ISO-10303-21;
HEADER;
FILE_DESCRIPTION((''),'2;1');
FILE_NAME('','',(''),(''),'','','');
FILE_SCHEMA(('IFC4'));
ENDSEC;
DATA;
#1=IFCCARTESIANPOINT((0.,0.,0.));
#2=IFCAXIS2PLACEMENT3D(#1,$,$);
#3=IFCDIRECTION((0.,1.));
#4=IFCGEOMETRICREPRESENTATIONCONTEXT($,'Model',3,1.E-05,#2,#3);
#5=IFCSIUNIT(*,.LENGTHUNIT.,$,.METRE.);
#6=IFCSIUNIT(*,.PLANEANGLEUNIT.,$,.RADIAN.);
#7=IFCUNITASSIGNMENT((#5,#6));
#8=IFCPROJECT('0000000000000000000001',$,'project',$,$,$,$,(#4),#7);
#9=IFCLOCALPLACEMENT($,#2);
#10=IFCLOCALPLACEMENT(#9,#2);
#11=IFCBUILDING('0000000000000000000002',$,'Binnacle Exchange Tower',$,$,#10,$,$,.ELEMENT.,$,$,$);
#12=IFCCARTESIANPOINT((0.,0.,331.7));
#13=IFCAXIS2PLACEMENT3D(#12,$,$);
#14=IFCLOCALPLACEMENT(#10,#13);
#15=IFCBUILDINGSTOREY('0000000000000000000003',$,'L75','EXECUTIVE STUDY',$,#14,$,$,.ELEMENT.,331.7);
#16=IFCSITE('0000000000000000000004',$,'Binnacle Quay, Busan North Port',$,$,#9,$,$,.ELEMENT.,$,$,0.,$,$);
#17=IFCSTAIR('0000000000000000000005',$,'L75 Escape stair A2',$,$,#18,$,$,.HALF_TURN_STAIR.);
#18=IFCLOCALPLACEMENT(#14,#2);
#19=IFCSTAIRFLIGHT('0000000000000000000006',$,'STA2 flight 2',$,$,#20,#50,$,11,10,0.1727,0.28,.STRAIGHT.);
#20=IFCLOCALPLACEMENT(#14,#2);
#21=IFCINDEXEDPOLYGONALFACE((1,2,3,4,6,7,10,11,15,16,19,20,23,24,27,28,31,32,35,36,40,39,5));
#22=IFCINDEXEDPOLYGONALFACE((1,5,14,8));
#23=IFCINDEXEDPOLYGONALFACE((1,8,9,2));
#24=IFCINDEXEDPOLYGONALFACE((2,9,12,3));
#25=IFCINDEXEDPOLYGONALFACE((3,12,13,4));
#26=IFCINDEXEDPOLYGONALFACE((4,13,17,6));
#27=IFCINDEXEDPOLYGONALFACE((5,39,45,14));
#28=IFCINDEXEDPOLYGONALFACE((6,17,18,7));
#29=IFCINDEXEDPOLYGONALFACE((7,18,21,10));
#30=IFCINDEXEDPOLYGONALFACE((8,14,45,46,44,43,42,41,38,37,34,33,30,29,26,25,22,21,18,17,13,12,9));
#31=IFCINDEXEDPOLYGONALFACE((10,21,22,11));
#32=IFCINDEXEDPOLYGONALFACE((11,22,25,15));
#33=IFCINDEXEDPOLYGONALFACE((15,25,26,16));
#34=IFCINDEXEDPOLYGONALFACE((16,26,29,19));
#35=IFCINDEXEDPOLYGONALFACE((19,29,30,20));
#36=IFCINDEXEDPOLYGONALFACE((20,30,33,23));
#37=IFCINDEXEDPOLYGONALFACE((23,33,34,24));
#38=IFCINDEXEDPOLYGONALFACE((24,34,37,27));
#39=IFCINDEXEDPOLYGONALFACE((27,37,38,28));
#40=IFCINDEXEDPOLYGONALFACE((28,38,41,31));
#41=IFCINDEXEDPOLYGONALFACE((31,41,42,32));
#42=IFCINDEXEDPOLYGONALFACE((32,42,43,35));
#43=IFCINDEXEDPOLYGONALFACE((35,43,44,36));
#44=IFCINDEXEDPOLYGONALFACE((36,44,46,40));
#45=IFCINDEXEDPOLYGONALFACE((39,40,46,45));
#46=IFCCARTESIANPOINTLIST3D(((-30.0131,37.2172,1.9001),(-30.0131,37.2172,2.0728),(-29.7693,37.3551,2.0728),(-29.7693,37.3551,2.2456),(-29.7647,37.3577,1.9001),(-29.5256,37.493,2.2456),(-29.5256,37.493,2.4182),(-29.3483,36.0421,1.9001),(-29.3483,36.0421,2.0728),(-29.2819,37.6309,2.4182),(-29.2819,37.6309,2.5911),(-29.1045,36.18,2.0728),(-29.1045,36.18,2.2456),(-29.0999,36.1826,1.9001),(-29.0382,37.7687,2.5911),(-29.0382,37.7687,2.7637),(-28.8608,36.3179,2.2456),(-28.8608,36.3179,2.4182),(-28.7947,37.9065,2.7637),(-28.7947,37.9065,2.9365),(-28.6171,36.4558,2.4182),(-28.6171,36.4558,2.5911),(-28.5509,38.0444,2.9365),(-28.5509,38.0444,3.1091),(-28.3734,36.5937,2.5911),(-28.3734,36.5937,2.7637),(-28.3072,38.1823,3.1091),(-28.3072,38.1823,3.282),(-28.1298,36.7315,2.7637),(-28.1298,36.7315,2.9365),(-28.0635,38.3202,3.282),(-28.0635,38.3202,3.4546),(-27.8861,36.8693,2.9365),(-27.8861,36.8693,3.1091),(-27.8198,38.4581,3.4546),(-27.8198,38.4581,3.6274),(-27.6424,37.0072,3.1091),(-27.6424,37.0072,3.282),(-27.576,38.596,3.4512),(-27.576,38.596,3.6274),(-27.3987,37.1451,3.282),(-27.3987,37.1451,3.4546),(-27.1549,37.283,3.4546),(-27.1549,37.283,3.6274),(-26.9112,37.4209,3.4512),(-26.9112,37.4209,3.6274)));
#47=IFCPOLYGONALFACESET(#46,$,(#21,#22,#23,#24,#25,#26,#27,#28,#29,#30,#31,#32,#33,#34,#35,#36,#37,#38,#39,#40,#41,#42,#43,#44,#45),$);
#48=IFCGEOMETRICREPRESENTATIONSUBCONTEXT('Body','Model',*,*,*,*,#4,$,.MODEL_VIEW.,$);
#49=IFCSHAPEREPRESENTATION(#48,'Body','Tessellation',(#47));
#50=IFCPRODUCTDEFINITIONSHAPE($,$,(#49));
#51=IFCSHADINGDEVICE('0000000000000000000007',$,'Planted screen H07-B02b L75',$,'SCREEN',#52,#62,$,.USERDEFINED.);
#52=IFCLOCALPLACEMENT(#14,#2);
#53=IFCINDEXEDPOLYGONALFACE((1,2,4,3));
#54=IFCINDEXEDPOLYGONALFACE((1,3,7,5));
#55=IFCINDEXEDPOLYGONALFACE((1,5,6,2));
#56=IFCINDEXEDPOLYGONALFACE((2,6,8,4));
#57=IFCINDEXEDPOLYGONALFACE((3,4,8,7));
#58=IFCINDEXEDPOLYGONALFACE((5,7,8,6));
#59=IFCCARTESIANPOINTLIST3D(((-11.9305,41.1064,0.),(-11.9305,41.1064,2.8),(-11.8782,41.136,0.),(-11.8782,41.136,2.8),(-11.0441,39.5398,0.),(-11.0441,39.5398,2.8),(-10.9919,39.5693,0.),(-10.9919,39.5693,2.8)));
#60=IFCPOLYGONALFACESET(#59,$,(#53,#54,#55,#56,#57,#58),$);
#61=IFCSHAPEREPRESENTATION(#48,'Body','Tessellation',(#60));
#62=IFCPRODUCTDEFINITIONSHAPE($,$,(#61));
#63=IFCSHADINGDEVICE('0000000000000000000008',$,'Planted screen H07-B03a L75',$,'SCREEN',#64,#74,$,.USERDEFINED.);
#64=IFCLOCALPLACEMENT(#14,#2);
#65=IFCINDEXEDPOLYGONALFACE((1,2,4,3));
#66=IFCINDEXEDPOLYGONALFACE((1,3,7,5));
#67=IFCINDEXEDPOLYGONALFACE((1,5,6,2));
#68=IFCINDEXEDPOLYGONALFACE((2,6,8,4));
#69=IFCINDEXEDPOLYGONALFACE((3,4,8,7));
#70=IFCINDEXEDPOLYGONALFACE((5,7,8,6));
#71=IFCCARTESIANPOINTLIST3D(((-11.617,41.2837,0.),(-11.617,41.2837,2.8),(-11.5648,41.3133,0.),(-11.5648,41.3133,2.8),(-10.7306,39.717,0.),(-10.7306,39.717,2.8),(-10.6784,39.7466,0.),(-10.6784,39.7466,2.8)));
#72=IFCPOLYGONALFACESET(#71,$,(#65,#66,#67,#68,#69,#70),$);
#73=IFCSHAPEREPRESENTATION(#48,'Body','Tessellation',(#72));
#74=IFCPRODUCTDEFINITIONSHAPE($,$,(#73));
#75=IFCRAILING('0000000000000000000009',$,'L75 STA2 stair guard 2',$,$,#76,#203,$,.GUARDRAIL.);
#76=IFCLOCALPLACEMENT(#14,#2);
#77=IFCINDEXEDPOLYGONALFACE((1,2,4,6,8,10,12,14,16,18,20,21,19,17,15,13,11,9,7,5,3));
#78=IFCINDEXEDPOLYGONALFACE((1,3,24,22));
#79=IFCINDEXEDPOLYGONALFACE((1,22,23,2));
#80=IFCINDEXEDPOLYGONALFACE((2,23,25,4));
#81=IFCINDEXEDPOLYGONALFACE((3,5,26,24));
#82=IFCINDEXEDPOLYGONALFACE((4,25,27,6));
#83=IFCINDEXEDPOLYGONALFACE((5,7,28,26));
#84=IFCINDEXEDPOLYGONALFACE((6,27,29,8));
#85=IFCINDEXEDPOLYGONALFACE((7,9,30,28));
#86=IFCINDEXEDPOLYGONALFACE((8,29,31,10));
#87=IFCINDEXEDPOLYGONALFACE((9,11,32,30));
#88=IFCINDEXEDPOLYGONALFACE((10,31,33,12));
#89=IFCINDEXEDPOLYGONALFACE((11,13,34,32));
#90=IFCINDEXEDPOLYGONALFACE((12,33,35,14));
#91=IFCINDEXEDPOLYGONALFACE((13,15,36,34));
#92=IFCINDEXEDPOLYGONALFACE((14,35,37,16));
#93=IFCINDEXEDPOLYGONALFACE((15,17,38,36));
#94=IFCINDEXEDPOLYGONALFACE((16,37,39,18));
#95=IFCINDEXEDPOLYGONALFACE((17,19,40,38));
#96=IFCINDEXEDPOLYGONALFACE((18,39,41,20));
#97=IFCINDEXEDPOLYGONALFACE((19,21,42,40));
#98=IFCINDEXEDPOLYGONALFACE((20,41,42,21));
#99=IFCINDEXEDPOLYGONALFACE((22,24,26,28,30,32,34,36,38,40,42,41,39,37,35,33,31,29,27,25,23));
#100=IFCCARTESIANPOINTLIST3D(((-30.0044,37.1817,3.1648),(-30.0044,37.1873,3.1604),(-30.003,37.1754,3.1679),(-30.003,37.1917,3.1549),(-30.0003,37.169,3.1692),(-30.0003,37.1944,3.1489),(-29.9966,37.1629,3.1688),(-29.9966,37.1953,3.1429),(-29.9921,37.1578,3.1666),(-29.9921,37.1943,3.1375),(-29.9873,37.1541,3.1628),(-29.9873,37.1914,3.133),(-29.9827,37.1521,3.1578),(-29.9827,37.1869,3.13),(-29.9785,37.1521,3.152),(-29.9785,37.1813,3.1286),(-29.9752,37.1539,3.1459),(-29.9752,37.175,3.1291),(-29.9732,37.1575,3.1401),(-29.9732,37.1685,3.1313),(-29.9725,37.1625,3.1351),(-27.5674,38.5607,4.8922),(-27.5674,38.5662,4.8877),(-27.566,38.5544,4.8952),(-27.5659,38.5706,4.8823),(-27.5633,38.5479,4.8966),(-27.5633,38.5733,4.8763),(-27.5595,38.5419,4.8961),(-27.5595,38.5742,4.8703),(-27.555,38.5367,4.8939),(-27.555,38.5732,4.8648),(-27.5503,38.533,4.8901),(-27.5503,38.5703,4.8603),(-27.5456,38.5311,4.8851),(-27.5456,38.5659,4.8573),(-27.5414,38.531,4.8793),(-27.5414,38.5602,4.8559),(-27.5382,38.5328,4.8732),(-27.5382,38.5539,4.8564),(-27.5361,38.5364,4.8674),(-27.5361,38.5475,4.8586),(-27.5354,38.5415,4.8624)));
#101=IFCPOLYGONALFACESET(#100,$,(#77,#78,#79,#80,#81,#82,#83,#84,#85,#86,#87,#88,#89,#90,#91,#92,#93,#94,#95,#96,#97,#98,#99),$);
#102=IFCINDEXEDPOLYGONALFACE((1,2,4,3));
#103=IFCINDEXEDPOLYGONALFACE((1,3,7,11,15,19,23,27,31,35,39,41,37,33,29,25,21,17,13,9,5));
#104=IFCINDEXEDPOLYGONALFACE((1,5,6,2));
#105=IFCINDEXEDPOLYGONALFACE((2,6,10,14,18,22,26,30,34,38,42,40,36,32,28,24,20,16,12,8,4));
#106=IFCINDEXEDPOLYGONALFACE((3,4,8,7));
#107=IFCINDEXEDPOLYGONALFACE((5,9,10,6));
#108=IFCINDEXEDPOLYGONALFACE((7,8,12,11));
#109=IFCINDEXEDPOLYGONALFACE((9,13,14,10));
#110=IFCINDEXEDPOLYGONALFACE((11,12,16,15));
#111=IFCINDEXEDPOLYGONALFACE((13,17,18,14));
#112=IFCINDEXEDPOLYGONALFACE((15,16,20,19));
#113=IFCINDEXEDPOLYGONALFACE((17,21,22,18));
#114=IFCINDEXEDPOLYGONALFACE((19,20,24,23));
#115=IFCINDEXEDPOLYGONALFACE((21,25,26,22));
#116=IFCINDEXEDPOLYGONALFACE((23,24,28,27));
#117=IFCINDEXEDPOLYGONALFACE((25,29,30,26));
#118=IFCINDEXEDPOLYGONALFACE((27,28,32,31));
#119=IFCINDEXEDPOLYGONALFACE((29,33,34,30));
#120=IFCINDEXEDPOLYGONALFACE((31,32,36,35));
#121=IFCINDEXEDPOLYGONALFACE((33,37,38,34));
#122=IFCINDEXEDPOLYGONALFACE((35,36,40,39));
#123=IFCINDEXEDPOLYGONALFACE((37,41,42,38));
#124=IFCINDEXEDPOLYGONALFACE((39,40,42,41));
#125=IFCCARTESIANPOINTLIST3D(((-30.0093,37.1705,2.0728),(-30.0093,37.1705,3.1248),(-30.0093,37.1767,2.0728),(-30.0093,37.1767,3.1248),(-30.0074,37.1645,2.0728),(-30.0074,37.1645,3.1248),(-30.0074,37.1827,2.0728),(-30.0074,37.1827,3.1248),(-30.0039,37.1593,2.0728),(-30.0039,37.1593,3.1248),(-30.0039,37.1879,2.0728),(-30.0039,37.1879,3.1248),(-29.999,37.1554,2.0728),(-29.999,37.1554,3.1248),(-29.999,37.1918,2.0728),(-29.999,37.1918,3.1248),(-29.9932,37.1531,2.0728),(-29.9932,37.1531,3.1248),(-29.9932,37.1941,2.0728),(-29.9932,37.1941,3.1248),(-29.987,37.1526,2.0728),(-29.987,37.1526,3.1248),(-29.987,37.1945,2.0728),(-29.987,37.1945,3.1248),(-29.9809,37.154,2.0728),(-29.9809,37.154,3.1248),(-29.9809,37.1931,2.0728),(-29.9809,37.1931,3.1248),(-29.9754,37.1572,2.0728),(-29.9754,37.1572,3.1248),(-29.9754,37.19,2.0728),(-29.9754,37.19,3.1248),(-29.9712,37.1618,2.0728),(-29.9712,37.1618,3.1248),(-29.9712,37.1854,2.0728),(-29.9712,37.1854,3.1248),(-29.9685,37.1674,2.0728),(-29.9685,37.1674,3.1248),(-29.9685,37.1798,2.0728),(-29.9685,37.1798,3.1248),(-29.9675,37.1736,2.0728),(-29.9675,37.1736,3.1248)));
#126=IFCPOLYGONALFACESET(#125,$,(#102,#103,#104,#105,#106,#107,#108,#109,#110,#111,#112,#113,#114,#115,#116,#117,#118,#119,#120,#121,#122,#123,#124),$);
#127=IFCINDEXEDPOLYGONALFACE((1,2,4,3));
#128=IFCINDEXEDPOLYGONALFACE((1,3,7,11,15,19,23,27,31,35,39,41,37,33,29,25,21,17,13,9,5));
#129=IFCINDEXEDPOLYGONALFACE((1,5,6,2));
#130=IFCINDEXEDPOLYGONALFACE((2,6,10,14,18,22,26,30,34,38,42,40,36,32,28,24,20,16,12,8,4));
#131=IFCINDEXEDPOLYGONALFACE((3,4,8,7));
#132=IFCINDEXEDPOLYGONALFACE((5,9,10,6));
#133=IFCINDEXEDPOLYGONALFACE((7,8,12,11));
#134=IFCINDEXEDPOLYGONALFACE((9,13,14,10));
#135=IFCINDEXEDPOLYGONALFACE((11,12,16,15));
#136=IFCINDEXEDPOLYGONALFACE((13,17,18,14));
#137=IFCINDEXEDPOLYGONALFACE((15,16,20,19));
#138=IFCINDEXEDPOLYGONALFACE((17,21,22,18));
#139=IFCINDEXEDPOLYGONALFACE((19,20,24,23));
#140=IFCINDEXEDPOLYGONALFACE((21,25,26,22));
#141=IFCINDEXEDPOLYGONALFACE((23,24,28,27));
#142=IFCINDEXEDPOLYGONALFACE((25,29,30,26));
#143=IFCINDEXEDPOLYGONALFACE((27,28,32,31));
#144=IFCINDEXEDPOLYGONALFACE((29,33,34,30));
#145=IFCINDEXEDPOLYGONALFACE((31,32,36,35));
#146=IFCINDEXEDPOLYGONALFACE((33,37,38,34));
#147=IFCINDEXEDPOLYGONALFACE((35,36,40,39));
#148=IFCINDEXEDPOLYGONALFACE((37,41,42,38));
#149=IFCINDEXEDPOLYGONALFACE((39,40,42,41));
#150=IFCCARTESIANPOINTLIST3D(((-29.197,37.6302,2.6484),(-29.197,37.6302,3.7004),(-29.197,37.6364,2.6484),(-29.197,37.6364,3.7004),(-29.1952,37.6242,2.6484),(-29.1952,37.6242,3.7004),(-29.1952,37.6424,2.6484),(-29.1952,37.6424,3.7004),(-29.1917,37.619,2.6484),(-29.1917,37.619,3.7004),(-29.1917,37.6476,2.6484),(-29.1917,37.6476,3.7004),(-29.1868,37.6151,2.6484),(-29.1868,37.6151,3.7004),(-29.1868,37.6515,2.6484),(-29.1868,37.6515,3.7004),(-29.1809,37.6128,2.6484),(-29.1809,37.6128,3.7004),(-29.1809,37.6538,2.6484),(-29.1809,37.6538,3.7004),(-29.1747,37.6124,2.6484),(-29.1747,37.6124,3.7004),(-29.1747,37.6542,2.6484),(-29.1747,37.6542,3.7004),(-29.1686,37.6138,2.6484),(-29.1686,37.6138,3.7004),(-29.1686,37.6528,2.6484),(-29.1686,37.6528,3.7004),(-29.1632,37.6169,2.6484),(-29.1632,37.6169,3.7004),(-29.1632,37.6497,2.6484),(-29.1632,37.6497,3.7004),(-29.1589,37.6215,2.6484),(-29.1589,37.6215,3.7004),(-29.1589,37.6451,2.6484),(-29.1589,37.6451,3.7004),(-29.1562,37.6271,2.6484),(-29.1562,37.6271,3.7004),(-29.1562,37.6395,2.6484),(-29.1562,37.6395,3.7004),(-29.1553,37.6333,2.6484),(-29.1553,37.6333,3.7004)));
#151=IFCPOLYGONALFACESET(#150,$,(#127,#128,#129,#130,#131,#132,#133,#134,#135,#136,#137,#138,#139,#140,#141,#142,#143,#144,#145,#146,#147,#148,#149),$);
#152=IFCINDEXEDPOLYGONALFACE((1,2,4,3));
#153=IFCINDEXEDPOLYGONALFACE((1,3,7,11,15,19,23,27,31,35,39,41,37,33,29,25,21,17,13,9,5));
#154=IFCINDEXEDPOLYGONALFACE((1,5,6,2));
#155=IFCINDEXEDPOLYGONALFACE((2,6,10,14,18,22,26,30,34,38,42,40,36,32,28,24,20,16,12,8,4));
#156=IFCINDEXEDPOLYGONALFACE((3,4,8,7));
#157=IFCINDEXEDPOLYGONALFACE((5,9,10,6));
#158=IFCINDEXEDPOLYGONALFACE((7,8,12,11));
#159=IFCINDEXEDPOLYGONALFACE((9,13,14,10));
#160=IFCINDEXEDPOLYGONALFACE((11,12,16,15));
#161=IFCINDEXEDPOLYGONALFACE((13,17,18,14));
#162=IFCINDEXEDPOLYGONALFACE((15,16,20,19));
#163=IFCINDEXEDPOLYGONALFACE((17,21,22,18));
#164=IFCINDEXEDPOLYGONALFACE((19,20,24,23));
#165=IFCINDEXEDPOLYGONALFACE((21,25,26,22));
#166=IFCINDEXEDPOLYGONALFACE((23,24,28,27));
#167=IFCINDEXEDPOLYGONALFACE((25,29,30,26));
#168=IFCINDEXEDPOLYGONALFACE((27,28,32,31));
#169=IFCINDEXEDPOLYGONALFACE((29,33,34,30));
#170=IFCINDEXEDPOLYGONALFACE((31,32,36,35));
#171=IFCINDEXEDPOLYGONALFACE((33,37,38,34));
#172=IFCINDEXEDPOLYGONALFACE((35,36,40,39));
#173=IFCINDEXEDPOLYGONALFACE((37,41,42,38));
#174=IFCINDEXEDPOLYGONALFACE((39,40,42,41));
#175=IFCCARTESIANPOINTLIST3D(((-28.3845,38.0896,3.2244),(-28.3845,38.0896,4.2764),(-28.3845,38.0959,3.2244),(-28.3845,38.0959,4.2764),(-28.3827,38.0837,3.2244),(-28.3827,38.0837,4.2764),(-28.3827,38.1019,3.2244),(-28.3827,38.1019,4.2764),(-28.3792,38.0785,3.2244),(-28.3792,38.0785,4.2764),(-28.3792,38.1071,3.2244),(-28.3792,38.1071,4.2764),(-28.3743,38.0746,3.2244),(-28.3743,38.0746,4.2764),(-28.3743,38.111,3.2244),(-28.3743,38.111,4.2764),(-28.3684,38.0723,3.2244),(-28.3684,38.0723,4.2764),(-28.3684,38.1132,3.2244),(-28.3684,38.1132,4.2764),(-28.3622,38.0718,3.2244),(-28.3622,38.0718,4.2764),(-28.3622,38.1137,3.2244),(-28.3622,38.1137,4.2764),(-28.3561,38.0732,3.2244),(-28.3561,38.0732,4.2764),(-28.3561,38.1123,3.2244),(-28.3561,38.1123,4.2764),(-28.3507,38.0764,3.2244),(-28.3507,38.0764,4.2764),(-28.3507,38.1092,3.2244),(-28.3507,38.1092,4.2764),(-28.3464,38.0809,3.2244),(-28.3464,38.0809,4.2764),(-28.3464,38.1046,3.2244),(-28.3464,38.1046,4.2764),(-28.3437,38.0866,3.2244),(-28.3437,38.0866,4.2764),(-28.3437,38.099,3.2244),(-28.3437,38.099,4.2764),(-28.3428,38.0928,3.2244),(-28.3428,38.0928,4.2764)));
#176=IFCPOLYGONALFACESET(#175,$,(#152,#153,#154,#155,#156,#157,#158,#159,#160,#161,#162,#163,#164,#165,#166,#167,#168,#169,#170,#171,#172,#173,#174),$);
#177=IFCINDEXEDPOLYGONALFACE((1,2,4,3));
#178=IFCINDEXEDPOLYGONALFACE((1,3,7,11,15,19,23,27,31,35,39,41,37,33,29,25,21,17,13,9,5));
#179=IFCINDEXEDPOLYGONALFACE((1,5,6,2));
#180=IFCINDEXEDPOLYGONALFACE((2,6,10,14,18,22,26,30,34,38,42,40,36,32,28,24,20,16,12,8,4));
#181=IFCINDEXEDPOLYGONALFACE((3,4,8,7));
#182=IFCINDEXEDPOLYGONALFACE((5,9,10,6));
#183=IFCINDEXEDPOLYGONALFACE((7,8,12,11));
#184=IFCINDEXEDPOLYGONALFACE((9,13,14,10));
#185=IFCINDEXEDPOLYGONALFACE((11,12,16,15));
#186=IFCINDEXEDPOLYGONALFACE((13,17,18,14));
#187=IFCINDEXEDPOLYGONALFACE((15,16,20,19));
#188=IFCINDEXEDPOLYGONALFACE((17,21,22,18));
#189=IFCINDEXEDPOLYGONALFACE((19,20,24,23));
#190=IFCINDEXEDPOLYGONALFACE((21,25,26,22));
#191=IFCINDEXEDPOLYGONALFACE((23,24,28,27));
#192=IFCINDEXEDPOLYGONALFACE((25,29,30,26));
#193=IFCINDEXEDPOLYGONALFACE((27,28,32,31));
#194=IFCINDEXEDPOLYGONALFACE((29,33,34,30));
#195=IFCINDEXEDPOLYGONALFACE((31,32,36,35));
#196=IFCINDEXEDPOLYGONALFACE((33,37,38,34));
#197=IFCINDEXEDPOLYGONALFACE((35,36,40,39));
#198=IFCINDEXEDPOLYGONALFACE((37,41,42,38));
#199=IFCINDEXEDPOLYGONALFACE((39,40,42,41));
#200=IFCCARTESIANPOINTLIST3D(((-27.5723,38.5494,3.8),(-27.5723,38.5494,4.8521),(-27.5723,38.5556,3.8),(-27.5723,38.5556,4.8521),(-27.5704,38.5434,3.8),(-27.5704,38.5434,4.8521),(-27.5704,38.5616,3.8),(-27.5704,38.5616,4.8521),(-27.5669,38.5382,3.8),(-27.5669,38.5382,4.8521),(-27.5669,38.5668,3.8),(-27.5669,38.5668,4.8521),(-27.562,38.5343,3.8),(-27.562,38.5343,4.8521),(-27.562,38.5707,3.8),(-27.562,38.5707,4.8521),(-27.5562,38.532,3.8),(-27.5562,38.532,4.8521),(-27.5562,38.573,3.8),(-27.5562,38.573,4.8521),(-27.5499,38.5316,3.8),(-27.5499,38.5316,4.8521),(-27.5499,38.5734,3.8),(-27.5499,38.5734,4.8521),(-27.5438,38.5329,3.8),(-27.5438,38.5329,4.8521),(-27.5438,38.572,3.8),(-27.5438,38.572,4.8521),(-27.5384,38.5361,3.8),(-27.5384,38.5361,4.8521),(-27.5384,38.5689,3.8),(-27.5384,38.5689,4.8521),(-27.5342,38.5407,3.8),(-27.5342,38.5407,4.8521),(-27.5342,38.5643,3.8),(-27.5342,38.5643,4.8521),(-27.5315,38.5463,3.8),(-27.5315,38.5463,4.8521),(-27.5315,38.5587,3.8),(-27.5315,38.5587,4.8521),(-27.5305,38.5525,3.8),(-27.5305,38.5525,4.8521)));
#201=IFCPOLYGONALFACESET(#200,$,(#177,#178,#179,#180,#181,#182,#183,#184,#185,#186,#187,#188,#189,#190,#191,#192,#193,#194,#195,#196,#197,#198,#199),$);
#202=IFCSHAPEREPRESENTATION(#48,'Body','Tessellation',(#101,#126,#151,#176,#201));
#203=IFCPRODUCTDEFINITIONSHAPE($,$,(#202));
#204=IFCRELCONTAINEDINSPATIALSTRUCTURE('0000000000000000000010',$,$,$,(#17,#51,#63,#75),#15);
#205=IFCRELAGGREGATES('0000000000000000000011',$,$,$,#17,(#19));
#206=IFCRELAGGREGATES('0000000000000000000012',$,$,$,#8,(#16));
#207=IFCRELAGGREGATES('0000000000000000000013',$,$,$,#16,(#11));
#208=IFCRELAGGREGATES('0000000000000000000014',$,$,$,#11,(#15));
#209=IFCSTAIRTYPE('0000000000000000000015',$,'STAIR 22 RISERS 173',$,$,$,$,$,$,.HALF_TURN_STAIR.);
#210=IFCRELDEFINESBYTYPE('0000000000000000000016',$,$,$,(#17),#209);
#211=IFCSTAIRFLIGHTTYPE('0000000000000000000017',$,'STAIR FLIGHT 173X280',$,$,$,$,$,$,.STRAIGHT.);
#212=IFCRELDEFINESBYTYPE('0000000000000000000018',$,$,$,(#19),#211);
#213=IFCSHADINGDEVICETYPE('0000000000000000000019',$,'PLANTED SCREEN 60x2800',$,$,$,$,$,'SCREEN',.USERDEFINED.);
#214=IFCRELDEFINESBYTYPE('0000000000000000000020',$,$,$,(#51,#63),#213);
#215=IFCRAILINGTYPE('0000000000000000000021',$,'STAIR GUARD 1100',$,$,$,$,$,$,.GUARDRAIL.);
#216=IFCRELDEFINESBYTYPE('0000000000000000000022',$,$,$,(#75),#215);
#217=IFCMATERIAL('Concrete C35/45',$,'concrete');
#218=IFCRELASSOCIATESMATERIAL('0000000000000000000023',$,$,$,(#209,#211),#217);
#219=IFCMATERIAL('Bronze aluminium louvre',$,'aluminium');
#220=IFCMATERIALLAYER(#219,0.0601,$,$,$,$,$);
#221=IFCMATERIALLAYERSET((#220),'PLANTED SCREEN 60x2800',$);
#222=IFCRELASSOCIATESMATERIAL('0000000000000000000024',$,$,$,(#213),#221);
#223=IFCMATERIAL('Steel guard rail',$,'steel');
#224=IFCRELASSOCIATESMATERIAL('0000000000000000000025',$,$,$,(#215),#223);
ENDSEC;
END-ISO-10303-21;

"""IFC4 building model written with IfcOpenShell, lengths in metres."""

from ifc_helpers import new_model, si_unit, direction, frame, origin, origin_2d, place, context, subcontext, project, spatial, polyline, rectangle, circle, outline, extrude, material, layer, layer_set, type_object, element, aggregate, save


model = new_model("IFC4")

# Units and contexts
model_context = context("Model", 3, precision=1e-05, world=origin(), true_north=direction((0.0, 1.0)))
body_context = subcontext(model_context, "Body", "Model", "MODEL_VIEW")
ifc_project = project(units=[si_unit("LENGTHUNIT", "METRE"), si_unit("PLANEANGLEUNIT", "RADIAN")], contexts=[model_context])

# Site, building, storey
site_placement = place(None, origin())
site = spatial("IfcSite", under=ifc_project, at=site_placement, Name="Binnacle Quay, Busan North Port", CompositionType="ELEMENT", RefElevation=0.0)
building_placement = place(site_placement, origin())
building = spatial("IfcBuilding", under=site, at=building_placement, Name="Binnacle Exchange Tower", CompositionType="ELEMENT")
storey_placement = place(building_placement, frame((0.0, 0.0, 331.7)))
storey = spatial("IfcBuildingStorey", under=building, at=storey_placement, Name="L75", Description="EXECUTIVE STUDY", CompositionType="ELEMENT", Elevation=331.7)

# Stair, stair flight
ifc_material_1 = material(Name="Concrete C35/45", Category="concrete")
stair_type = type_object("IfcStairType", Name="STAIR 22 RISERS 173", PredefinedType="HALF_TURN_STAIR", material=ifc_material_1)
stair_placement = place(storey_placement, origin())
stair = element("IfcStair", 1, at=stair_placement, inside=storey, type_object=stair_type, Name="L75 Escape stair A2", PredefinedType="HALF_TURN_STAIR")
stair_flight_type = type_object("IfcStairFlightType", Name="STAIR FLIGHT 173X280", PredefinedType="STRAIGHT", material=ifc_material_1)
stair_flight_1_placement = place(storey_placement, frame((-29.6807, 36.6296, 1.9001), z_axis=(0.0, 0.0, 1.0), x_axis=(0.870356, 0.492424, 0.0)))
stair_flight_1 = element("IfcStairFlight", 2, at=stair_flight_1_placement, type_object=stair_flight_type, Name="STA2 flight 2", NumberOfRisers=11, NumberOfTreads=10, PredefinedType="STRAIGHT", RiserHeight=0.1727, TreadLength=0.28, context=body_context, shape_type="SweptSolid", body=[
    extrude(outline(polyline([(0.0, 0.0), (0.0, 0.1726), (0.28, 0.1726), (0.28, 0.3455), (0.5601, 0.3455), (0.5601, 0.5181), (0.8401, 0.5181), (0.8401, 0.6909), (1.1201, 0.6909), (1.1201, 0.8635), (1.3999, 0.8635), (1.3999, 1.0364), (1.6799, 1.0364), (1.6799, 1.209), (1.96, 1.209), (1.96, 1.3818), (2.24, 1.3818), (2.24, 1.5544), (2.52, 1.5544), (2.52, 1.7273), (2.8, 1.7273), (2.8, 1.8999), (2.8, 1.551), (0.2854, 0.0), (0.0, 0.0)])), frame((0.0, 0.675, 0.0), z_axis=(0.0, -1.0, 0.0), x_axis=(1.0, 0.0, 0.0)), (0.0, 0.0, 1.0), 1.3501),
])
aggregate(stair, [stair_flight_1])

# Shading devices
ifc_material_2 = material(Name="Bronze aluminium louvre", Category="aluminium")
ifc_layer_1 = layer(ifc_material_2, 0.0601)
ifc_layer_set_1 = layer_set([ifc_layer_1], Name="PLANTED SCREEN 60x2800")
shading_device_type = type_object("IfcShadingDeviceType", Name="PLANTED SCREEN 60x2800", ElementType="SCREEN", PredefinedType="USERDEFINED", material=ifc_layer_set_1)
for number, where, z_axis, x_axis, name in (
    (3, (-11.4612, 40.3379, 0.0), (0.0, 0.0, 1.0), (0.870356, 0.492424, 0.0), "Planted screen H07-B02b L75"),
    (4, (-11.1477, 40.5151, 0.0), (0.0, 0.0, 1.0), (0.870356, 0.492424, 0.0), "Planted screen H07-B03a L75"),
):
    element("IfcShadingDevice", number, at=place(storey_placement, frame(where, z_axis=z_axis, x_axis=x_axis)), inside=storey, type_object=shading_device_type, Name=name, ObjectType="SCREEN", PredefinedType="USERDEFINED", context=body_context, shape_type="SweptSolid", body=[
        extrude(rectangle(XDim=0.0601, YDim=1.8, at=origin_2d()), origin(), (0.0, 0.0, 1.0), 2.8),
    ])

# Railing
ifc_material_3 = material(Name="Steel guard rail", Category="steel")
railing_type_1 = type_object("IfcRailingType", Name="STAIR GUARD 1100", PredefinedType="GUARDRAIL", material=ifc_material_3)
railing_1_placement = place(storey_placement, frame((-29.9885, 37.1736, 2.0728)))
element("IfcRailing", 5, at=railing_1_placement, inside=storey, type_object=railing_type_1, Name="L75 STA2 stair guard 2", PredefinedType="GUARDRAIL", context=body_context, shape_type="SweptSolid", body=[
    extrude(circle(Radius=0.0239, at=origin_2d()), frame((0.0, 0.0, 1.0762), z_axis=(0.740738, 0.419123, 0.525017), x_axis=(-0.492454, 0.870339, 0.0)), (0.0, 0.0, 1.0), 3.29),
    extrude(circle(Radius=0.021, at=origin_2d()), origin(), (0.0, 0.0, 1.0), 1.052),
    extrude(circle(Radius=0.021, at=origin_2d()), frame((0.8123, 0.4597, 0.5757)), (0.0, 0.0, 1.0), 1.052),
    extrude(circle(Radius=0.021, at=origin_2d()), frame((1.6248, 0.9192, 1.1516)), (0.0, 0.0, 1.0), 1.052),
    extrude(circle(Radius=0.021, at=origin_2d()), frame((2.437, 1.3789, 1.7273)), (0.0, 0.0, 1.0), 1.052),
])

save(model, "model.ifc")
